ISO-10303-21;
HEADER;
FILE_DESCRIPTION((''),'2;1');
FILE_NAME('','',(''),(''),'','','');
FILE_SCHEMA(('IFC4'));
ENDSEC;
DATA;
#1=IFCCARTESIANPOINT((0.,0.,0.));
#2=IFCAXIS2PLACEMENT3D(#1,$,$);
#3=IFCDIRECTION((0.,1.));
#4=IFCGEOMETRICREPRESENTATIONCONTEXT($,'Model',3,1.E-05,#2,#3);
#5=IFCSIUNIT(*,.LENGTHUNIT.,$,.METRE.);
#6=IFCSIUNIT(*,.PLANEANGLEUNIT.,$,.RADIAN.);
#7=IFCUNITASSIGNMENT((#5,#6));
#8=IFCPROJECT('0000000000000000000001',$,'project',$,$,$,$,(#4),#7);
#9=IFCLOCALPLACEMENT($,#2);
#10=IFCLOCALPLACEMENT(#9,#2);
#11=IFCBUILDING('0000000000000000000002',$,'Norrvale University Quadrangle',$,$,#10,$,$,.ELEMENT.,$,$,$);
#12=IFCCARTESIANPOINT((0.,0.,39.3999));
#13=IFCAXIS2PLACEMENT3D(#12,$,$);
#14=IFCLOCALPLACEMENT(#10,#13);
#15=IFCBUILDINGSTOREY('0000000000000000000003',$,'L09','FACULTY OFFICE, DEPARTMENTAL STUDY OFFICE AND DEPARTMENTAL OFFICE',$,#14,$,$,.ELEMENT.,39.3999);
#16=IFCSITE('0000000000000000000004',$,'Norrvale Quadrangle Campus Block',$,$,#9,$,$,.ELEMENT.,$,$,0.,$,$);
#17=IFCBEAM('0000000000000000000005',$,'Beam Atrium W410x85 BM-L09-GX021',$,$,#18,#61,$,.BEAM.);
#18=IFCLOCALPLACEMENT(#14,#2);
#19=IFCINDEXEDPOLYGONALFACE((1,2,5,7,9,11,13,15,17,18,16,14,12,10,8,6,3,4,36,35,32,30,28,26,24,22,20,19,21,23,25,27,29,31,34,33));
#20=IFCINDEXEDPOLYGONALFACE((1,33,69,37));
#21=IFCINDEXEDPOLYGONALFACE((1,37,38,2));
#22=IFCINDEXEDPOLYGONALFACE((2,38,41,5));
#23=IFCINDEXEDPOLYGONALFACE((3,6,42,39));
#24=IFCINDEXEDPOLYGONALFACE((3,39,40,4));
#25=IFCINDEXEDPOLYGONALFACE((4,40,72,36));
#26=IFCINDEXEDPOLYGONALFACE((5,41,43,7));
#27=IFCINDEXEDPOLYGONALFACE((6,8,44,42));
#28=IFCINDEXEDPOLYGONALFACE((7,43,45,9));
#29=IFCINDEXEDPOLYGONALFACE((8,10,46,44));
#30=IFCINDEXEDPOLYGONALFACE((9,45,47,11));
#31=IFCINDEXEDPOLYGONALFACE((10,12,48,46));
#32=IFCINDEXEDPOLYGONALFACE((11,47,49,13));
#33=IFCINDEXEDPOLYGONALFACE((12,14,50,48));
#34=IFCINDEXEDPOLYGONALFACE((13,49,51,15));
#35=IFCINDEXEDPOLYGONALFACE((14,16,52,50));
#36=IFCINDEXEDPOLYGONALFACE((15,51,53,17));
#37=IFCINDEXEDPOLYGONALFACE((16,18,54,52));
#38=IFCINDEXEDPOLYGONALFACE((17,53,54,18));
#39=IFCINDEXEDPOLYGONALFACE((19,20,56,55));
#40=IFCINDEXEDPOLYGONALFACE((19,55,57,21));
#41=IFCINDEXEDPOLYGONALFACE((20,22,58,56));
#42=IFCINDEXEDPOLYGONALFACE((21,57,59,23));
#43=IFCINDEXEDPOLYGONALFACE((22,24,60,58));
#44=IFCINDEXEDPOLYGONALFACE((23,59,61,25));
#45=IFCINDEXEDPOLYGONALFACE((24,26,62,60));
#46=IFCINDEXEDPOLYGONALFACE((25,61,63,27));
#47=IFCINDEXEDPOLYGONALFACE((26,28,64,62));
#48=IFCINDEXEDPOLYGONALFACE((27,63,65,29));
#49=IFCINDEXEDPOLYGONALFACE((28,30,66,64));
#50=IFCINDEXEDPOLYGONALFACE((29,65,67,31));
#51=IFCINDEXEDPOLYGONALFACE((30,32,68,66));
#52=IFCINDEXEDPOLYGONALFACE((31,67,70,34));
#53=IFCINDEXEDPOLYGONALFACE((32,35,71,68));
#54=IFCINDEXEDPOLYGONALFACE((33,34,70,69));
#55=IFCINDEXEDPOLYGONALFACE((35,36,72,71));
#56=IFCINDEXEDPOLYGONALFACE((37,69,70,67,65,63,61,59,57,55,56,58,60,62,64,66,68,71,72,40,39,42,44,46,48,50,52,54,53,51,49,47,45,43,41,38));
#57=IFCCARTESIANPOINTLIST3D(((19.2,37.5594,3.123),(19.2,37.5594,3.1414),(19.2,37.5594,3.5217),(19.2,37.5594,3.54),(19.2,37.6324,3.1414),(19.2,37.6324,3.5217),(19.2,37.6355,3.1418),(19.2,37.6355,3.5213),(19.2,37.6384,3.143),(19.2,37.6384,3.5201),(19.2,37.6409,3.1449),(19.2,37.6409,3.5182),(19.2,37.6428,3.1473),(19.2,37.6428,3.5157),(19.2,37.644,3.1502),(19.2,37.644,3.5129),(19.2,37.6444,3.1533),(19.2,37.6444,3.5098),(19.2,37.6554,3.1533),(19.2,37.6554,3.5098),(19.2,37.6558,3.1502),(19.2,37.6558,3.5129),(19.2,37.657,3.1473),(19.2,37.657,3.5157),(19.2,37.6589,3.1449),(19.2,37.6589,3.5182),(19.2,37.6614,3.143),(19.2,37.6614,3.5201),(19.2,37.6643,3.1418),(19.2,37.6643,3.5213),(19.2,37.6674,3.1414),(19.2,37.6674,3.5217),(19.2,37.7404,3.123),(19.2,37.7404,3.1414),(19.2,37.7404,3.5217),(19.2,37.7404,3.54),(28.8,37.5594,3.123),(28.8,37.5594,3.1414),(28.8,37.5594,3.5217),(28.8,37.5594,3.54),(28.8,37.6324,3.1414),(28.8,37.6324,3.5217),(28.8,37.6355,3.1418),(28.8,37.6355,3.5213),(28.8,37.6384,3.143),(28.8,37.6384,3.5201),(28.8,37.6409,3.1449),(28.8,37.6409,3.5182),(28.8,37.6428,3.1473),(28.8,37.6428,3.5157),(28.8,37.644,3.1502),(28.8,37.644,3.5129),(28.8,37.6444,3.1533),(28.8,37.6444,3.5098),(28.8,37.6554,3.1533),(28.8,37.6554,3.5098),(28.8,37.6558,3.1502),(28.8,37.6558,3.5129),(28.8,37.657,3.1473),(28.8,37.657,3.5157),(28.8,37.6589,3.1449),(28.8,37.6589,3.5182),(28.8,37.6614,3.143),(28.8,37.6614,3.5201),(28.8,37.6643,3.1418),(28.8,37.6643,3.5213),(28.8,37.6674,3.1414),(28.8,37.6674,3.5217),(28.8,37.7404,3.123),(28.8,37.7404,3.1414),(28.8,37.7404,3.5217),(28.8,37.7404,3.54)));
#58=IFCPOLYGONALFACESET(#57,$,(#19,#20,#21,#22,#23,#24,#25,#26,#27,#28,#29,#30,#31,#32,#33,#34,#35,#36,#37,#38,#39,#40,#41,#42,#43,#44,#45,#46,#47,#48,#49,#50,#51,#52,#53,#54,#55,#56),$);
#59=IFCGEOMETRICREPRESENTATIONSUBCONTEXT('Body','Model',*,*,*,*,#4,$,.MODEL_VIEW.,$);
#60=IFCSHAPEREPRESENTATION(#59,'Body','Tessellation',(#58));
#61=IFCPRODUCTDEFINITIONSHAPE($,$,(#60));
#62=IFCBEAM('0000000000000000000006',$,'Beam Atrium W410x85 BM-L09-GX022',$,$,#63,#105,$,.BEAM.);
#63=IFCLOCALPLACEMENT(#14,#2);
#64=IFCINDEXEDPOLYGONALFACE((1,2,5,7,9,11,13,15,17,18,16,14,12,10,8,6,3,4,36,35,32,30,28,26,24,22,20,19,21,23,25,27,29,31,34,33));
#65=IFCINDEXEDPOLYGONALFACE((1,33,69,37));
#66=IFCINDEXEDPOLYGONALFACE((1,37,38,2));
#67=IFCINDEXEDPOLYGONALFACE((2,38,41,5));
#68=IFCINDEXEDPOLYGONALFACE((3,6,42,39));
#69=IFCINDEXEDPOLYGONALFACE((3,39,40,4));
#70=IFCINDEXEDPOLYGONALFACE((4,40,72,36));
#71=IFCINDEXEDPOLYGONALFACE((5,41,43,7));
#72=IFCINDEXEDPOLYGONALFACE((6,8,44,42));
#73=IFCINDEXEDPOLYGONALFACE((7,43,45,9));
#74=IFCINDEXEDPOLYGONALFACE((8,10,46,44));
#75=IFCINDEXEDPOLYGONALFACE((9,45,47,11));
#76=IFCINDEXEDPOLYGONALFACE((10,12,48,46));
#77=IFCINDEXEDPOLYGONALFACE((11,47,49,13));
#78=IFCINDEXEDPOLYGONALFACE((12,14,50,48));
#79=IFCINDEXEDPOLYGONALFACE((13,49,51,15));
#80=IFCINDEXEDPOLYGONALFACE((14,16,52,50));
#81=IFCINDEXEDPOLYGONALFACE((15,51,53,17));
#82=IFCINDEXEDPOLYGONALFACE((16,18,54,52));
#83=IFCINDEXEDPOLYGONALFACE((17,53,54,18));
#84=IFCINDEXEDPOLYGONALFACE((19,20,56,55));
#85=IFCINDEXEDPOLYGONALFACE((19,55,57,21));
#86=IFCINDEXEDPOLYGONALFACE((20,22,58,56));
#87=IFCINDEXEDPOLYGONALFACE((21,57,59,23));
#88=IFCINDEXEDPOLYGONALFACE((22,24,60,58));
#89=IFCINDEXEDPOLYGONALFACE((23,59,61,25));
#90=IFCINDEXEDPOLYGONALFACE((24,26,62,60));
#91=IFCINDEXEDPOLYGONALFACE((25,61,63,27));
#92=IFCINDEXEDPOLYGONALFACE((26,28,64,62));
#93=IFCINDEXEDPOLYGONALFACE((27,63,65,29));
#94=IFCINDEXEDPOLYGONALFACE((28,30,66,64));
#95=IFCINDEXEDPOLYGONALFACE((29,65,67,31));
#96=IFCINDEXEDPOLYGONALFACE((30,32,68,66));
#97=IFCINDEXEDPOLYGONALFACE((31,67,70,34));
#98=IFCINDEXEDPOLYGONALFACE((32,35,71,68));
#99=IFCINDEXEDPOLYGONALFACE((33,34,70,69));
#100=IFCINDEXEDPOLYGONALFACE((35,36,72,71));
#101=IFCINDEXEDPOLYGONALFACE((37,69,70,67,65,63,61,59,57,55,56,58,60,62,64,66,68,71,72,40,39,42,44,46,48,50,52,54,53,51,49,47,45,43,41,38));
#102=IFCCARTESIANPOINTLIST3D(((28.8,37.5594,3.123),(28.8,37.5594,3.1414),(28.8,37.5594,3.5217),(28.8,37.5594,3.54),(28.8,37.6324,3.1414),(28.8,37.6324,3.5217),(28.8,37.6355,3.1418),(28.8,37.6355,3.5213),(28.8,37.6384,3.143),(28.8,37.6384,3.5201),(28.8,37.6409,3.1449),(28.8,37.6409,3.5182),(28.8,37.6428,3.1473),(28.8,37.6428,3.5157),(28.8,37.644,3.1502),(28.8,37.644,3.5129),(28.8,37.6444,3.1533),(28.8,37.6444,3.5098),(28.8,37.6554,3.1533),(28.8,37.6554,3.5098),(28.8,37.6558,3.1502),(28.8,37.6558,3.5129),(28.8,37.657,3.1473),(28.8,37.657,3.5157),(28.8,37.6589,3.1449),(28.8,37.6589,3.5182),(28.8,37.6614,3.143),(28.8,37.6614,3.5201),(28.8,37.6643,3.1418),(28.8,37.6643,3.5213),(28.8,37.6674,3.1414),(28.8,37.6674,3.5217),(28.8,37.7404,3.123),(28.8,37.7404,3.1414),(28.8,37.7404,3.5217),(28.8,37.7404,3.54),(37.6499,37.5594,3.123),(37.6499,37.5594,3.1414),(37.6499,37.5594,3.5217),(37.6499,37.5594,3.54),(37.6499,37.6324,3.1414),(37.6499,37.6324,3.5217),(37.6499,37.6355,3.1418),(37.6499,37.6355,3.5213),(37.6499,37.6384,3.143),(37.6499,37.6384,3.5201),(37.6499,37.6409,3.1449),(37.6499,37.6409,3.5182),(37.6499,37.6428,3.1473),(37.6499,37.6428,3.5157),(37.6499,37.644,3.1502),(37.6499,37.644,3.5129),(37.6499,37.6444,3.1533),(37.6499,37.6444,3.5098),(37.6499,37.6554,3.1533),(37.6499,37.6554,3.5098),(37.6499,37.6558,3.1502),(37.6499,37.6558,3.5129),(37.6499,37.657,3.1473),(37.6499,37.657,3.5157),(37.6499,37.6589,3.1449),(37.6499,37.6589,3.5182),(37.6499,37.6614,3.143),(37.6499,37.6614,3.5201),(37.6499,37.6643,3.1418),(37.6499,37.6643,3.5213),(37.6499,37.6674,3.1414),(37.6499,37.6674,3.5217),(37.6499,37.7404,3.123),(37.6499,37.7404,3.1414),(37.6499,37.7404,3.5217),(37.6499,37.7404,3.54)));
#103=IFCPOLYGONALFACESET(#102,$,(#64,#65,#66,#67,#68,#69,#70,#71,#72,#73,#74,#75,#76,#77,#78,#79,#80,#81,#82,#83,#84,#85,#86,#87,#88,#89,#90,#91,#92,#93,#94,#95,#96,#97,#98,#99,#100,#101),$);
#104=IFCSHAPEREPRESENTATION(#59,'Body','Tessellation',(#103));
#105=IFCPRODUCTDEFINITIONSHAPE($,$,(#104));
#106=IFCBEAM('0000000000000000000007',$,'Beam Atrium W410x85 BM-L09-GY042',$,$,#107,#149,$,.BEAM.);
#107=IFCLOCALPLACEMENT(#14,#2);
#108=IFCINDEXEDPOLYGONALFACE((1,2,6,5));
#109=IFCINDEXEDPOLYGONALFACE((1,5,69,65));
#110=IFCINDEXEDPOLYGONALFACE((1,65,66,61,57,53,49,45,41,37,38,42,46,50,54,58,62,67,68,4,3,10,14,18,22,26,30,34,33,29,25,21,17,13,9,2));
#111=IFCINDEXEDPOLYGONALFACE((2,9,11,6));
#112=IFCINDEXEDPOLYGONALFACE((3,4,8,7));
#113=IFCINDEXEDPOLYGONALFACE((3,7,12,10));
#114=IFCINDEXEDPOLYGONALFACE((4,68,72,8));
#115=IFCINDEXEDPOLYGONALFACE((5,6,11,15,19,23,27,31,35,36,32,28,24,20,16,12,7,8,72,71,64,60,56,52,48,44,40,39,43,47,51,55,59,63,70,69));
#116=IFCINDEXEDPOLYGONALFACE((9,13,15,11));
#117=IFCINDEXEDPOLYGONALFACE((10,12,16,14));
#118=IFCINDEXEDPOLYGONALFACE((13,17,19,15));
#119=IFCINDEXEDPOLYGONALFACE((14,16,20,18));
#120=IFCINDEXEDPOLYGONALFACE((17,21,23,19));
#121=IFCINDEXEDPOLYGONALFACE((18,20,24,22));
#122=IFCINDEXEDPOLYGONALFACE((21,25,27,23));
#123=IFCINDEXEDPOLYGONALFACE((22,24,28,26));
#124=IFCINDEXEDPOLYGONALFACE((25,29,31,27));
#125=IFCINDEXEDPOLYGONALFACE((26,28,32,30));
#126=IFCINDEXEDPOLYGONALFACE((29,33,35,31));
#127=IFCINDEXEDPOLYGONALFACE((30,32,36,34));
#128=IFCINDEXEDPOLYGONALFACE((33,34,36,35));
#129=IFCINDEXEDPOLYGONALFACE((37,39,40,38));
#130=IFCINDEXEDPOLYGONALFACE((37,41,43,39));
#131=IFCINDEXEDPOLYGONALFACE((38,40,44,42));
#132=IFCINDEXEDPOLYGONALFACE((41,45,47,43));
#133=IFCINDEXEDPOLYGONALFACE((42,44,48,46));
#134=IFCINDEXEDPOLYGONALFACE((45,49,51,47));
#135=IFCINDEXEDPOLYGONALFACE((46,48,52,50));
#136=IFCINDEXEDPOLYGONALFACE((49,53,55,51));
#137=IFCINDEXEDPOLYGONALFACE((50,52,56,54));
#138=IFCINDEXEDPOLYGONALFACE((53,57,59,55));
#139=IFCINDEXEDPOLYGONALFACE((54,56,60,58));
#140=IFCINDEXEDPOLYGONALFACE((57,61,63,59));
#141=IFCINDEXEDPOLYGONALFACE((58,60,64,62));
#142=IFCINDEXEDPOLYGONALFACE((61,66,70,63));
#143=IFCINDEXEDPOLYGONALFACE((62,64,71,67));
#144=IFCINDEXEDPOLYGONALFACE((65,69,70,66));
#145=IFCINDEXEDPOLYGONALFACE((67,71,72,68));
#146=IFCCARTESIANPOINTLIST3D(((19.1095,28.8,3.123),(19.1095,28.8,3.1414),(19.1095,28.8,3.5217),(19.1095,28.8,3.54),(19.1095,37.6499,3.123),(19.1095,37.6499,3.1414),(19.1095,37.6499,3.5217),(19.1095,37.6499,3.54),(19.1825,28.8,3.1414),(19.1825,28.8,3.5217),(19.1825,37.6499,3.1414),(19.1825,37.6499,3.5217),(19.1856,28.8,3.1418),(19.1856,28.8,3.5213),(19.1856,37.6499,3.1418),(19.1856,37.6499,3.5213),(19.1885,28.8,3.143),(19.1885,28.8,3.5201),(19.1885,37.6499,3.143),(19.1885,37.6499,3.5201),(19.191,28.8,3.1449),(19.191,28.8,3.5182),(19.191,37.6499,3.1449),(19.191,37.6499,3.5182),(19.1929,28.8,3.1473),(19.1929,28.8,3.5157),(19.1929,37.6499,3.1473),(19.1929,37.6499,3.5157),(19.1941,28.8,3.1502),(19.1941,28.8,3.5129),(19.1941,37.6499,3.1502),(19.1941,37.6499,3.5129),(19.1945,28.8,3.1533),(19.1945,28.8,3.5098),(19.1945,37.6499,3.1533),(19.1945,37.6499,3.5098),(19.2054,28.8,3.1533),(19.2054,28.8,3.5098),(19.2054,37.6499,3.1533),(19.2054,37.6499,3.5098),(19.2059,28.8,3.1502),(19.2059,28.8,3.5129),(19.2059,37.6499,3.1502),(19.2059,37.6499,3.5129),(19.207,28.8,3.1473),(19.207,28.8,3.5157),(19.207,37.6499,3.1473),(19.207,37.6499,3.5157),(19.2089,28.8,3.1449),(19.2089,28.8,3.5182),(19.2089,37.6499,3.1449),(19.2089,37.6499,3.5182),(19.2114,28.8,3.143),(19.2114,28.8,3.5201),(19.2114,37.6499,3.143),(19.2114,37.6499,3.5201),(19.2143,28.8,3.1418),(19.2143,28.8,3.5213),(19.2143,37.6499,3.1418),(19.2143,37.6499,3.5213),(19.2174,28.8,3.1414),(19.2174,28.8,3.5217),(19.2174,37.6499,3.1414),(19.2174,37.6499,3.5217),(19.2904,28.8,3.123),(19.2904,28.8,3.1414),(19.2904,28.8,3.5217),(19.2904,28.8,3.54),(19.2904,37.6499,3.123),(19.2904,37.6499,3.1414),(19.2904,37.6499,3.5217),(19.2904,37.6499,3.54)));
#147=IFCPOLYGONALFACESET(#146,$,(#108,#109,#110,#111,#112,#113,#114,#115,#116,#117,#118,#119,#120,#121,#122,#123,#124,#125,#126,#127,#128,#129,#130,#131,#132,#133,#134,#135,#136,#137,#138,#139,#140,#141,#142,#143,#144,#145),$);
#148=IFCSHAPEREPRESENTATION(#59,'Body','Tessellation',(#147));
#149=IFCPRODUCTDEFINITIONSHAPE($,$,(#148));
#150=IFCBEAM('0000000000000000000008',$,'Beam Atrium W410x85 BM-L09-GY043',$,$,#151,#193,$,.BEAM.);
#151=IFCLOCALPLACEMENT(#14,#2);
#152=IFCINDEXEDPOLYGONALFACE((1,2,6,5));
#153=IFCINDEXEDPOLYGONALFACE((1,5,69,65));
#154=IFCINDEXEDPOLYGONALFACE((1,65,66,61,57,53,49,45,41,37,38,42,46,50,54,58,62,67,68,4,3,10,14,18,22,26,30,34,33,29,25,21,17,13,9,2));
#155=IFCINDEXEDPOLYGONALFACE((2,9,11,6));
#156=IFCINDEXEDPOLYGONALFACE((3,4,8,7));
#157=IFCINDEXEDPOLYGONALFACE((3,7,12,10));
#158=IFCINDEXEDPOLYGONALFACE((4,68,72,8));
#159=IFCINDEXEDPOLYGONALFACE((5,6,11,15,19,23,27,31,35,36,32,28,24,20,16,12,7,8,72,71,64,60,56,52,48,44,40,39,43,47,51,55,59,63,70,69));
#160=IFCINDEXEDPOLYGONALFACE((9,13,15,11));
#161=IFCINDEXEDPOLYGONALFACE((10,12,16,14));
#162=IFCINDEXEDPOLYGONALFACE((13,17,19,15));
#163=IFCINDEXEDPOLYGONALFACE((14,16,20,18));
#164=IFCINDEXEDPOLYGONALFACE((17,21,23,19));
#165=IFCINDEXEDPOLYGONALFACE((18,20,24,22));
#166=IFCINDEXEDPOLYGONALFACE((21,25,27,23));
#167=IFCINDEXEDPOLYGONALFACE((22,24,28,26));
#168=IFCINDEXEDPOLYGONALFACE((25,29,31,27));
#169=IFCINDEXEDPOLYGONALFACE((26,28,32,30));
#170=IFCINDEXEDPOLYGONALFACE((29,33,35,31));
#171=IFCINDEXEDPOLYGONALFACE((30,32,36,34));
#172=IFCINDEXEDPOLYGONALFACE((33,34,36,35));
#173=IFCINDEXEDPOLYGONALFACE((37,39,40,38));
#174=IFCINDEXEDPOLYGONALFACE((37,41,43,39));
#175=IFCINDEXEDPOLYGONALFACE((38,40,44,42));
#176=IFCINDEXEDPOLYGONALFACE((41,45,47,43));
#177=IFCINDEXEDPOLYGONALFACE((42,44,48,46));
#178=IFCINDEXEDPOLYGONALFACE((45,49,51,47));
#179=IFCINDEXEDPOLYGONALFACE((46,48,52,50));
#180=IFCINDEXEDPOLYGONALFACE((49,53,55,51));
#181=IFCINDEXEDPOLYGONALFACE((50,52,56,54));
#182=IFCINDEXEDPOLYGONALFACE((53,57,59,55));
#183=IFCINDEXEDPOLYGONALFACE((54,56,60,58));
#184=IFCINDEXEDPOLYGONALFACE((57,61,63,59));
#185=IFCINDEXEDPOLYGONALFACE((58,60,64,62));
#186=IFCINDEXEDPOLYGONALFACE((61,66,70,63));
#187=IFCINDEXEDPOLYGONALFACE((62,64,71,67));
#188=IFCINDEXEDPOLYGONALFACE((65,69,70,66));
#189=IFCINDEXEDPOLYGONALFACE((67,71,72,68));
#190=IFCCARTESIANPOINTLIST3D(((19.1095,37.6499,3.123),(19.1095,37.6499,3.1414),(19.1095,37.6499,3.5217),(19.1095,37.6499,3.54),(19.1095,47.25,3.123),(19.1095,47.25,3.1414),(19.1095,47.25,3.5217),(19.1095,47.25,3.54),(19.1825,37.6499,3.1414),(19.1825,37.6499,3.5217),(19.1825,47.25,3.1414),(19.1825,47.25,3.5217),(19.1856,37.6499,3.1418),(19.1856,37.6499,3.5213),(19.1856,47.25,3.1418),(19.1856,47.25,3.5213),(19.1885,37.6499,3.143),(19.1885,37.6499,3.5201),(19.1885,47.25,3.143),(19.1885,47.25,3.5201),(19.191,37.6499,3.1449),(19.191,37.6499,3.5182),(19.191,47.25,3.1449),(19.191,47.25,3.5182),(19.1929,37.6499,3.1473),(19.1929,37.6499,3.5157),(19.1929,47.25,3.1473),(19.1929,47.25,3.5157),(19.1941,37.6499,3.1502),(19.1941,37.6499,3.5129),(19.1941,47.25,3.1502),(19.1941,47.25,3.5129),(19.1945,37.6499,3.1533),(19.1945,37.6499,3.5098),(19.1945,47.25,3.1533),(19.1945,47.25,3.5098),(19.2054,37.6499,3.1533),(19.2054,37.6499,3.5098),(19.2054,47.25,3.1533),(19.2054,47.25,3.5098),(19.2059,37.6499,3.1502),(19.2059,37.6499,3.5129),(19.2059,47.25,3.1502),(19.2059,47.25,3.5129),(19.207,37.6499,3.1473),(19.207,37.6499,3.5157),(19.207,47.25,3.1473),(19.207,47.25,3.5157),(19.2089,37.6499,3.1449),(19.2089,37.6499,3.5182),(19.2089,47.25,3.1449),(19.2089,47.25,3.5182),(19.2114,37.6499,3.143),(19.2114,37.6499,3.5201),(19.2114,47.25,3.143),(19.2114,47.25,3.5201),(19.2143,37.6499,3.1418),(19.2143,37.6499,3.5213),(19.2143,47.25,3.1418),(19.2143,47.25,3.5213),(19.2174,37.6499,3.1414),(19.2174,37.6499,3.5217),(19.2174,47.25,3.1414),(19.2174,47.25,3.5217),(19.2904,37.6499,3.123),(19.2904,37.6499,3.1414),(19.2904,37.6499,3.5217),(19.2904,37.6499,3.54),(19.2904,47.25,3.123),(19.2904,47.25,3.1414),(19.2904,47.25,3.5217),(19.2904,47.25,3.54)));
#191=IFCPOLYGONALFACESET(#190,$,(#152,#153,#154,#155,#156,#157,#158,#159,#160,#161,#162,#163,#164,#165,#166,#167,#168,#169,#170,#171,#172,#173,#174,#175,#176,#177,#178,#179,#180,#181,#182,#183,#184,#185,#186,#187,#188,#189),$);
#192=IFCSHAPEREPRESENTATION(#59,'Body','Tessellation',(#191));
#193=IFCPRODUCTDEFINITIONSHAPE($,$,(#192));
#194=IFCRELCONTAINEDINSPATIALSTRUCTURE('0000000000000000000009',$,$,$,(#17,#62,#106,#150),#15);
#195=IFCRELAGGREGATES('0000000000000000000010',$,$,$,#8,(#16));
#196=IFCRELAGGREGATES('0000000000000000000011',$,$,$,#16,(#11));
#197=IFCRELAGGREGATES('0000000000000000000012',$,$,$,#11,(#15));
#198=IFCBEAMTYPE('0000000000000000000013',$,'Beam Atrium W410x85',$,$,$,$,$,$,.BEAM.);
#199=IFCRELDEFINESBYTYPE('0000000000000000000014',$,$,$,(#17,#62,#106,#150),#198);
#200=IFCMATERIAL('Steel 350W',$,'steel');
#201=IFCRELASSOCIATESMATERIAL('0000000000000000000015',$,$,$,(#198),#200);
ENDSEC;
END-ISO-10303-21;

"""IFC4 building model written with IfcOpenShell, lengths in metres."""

from ifc_helpers import new_model, si_unit, direction, frame, origin, origin_2d, place, context, subcontext, project, spatial, i_section, extrude, material, material_profile, profile_set, type_object, element, save


model = new_model("IFC4")

# Units and contexts
model_context = context("Model", 3, precision=1e-05, world=origin(), true_north=direction((0.0, 1.0)))
body_context = subcontext(model_context, "Body", "Model", "MODEL_VIEW")
ifc_project = project(units=[si_unit("LENGTHUNIT", "METRE"), si_unit("PLANEANGLEUNIT", "RADIAN")], contexts=[model_context])

# Site, building, storey
site_placement = place(None, origin())
site = spatial("IfcSite", under=ifc_project, at=site_placement, Name="Norrvale Quadrangle Campus Block", CompositionType="ELEMENT", RefElevation=0.0)
building_placement = place(site_placement, origin())
building = spatial("IfcBuilding", under=site, at=building_placement, Name="Norrvale University Quadrangle", CompositionType="ELEMENT")
storey_placement = place(building_placement, frame((0.0, 0.0, 39.3999)))
storey = spatial("IfcBuildingStorey", under=building, at=storey_placement, Name="L09", Description="FACULTY OFFICE, DEPARTMENTAL STUDY OFFICE AND DEPARTMENTAL OFFICE", CompositionType="ELEMENT", Elevation=39.3999)

# Beams
ifc_material_1 = material(Name="Steel 350W", Category="steel")
ifc_material_profile_1 = material_profile(ifc_material_1, i_section(OverallWidth=0.1809, OverallDepth=0.417, WebThickness=0.011, FlangeThickness=0.0183, FilletRadius=0.012, at=origin_2d()), Name="Steel 350W")
ifc_profile_set_1 = profile_set([ifc_material_profile_1], Name="Steel 350W")
beam_type_1 = type_object("IfcBeamType", Name="Beam Atrium W410x85", PredefinedType="BEAM", material=ifc_profile_set_1)
beam_1_placement = place(storey_placement, frame((19.2, 37.6499, 3.3315), z_axis=(1.0, 0.0, 0.0), x_axis=(0.0, 1.0, 0.0)))
element("IfcBeam", 1, at=beam_1_placement, inside=storey, type_object=beam_type_1, Name="Beam Atrium W410x85 BM-L09-GX021", PredefinedType="BEAM", context=body_context, shape_type="SweptSolid", body=[
    extrude(i_section(OverallWidth=0.1809, OverallDepth=0.417, WebThickness=0.011, FlangeThickness=0.0183, FilletRadius=0.012, at=origin_2d()), origin(), (0.0, 0.0, 1.0), 9.6001),
])
for number, where, z_axis, x_axis, name in (
    (2, (28.8, 37.6499, 3.3315), (1.0, 0.0, 0.0), (0.0, 1.0, 0.0), "Beam Atrium W410x85 BM-L09-GX022"),
    (3, (19.2, 28.8, 3.3315), (0.0, 1.0, 0.0), (-1.0, 0.0, 0.0), "Beam Atrium W410x85 BM-L09-GY042"),
):
    element("IfcBeam", number, at=place(storey_placement, frame(where, z_axis=z_axis, x_axis=x_axis)), inside=storey, type_object=beam_type_1, Name=name, PredefinedType="BEAM", context=body_context, shape_type="SweptSolid", body=[
        extrude(i_section(OverallWidth=0.1809, OverallDepth=0.417, WebThickness=0.011, FlangeThickness=0.0183, FilletRadius=0.012, at=origin_2d()), origin(), (0.0, 0.0, 1.0), 8.8499),
    ])
beam_2_placement = place(storey_placement, frame((19.2, 37.6499, 3.3315), z_axis=(0.0, 1.0, 0.0), x_axis=(-1.0, 0.0, 0.0)))
element("IfcBeam", 4, at=beam_2_placement, inside=storey, type_object=beam_type_1, Name="Beam Atrium W410x85 BM-L09-GY043", PredefinedType="BEAM", context=body_context, shape_type="SweptSolid", body=[
    extrude(i_section(OverallWidth=0.1809, OverallDepth=0.417, WebThickness=0.011, FlangeThickness=0.0183, FilletRadius=0.012, at=origin_2d()), origin(), (0.0, 0.0, 1.0), 9.6001),
])

save(model, "model.ifc")
